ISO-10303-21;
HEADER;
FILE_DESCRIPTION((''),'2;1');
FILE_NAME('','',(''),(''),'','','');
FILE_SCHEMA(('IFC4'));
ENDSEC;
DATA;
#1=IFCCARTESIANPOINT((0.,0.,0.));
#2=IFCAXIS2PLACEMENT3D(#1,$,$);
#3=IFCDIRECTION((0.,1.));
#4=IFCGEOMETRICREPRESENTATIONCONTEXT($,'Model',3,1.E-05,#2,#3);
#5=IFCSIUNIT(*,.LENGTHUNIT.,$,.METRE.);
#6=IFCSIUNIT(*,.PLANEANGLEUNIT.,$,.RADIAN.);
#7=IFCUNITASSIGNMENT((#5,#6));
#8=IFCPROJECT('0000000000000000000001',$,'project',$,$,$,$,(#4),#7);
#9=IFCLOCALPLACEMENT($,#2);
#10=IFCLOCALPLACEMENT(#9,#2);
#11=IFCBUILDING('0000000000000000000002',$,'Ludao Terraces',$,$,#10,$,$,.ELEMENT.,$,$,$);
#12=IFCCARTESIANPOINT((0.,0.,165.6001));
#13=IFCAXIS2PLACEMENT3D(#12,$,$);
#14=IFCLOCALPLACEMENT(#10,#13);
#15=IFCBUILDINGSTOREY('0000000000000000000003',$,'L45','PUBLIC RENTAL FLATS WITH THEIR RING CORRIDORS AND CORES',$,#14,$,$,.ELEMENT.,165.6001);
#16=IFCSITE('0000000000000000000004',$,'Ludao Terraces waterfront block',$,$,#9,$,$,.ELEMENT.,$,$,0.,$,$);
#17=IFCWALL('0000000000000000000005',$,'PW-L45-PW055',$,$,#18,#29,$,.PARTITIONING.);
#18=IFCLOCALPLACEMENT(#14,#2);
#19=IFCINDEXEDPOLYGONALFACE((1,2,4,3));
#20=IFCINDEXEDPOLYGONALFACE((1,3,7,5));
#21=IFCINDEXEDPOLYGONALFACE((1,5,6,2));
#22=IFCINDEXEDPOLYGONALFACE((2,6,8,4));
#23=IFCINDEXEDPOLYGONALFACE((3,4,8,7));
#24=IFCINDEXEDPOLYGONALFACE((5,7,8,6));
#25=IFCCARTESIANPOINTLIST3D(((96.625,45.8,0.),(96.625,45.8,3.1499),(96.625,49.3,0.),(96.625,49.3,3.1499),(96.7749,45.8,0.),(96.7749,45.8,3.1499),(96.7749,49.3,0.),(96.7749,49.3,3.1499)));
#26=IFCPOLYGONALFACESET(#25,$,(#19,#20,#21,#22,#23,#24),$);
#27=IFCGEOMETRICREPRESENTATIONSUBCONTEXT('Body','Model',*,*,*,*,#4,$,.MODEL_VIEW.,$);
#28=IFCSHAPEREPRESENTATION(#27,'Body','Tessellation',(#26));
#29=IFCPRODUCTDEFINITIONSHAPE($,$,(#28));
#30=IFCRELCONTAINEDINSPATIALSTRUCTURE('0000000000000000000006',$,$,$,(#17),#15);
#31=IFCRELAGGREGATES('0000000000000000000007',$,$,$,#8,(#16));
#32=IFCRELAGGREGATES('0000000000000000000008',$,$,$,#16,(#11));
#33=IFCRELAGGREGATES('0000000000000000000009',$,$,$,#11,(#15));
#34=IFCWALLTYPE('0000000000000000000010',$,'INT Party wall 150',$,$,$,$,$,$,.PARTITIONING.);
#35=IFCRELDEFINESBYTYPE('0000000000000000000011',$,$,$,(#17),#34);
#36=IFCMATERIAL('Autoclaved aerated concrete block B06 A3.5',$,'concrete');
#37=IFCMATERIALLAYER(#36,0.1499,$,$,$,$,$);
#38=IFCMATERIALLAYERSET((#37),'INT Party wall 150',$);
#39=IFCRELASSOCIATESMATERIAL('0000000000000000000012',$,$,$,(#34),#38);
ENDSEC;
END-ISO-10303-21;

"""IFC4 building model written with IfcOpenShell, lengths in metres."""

from ifc_helpers import new_model, si_unit, direction, frame, frame_2d, origin, place, context, subcontext, project, spatial, rectangle, extrude, material, layer, layer_set, type_object, element, save


model = new_model("IFC4")

# Units and contexts
model_context = context("Model", 3, precision=1e-05, world=origin(), true_north=direction((0.0, 1.0)))
body_context = subcontext(model_context, "Body", "Model", "MODEL_VIEW")
ifc_project = project(units=[si_unit("LENGTHUNIT", "METRE"), si_unit("PLANEANGLEUNIT", "RADIAN")], contexts=[model_context])

# Site, building, storey
site_placement = place(None, origin())
site = spatial("IfcSite", under=ifc_project, at=site_placement, Name="Ludao Terraces waterfront block", CompositionType="ELEMENT", RefElevation=0.0)
building_placement = place(site_placement, origin())
building = spatial("IfcBuilding", under=site, at=building_placement, Name="Ludao Terraces", CompositionType="ELEMENT")
storey_placement = place(building_placement, frame((0.0, 0.0, 165.6001)))
storey = spatial("IfcBuildingStorey", under=building, at=storey_placement, Name="L45", Description="PUBLIC RENTAL FLATS WITH THEIR RING CORRIDORS AND CORES", CompositionType="ELEMENT", Elevation=165.6001)

# Shared definitions
ifc_material_1 = material(Name="Autoclaved aerated concrete block B06 A3.5", Category="concrete")

# Wall
ifc_layer_1 = layer(ifc_material_1, 0.1499)
ifc_layer_set_1 = layer_set([ifc_layer_1], Name="INT Party wall 150")
wall_type_1 = type_object("IfcWallType", Name="INT Party wall 150", PredefinedType="PARTITIONING", material=ifc_layer_set_1)
wall_1_placement = place(storey_placement, frame((96.7, 45.8, 0.0), z_axis=(0.0, 0.0, 1.0), x_axis=(0.0, 1.0, 0.0)))
element("IfcWall", 1, at=wall_1_placement, inside=storey, type_object=wall_type_1, Name="PW-L45-PW055", PredefinedType="PARTITIONING", context=body_context, shape_type="SweptSolid", body=[
    extrude(rectangle(XDim=3.5, YDim=0.1499, at=frame_2d((1.75, 0.0))), origin(), (0.0, 0.0, 1.0), 3.1499),
])

save(model, "model.ifc")
